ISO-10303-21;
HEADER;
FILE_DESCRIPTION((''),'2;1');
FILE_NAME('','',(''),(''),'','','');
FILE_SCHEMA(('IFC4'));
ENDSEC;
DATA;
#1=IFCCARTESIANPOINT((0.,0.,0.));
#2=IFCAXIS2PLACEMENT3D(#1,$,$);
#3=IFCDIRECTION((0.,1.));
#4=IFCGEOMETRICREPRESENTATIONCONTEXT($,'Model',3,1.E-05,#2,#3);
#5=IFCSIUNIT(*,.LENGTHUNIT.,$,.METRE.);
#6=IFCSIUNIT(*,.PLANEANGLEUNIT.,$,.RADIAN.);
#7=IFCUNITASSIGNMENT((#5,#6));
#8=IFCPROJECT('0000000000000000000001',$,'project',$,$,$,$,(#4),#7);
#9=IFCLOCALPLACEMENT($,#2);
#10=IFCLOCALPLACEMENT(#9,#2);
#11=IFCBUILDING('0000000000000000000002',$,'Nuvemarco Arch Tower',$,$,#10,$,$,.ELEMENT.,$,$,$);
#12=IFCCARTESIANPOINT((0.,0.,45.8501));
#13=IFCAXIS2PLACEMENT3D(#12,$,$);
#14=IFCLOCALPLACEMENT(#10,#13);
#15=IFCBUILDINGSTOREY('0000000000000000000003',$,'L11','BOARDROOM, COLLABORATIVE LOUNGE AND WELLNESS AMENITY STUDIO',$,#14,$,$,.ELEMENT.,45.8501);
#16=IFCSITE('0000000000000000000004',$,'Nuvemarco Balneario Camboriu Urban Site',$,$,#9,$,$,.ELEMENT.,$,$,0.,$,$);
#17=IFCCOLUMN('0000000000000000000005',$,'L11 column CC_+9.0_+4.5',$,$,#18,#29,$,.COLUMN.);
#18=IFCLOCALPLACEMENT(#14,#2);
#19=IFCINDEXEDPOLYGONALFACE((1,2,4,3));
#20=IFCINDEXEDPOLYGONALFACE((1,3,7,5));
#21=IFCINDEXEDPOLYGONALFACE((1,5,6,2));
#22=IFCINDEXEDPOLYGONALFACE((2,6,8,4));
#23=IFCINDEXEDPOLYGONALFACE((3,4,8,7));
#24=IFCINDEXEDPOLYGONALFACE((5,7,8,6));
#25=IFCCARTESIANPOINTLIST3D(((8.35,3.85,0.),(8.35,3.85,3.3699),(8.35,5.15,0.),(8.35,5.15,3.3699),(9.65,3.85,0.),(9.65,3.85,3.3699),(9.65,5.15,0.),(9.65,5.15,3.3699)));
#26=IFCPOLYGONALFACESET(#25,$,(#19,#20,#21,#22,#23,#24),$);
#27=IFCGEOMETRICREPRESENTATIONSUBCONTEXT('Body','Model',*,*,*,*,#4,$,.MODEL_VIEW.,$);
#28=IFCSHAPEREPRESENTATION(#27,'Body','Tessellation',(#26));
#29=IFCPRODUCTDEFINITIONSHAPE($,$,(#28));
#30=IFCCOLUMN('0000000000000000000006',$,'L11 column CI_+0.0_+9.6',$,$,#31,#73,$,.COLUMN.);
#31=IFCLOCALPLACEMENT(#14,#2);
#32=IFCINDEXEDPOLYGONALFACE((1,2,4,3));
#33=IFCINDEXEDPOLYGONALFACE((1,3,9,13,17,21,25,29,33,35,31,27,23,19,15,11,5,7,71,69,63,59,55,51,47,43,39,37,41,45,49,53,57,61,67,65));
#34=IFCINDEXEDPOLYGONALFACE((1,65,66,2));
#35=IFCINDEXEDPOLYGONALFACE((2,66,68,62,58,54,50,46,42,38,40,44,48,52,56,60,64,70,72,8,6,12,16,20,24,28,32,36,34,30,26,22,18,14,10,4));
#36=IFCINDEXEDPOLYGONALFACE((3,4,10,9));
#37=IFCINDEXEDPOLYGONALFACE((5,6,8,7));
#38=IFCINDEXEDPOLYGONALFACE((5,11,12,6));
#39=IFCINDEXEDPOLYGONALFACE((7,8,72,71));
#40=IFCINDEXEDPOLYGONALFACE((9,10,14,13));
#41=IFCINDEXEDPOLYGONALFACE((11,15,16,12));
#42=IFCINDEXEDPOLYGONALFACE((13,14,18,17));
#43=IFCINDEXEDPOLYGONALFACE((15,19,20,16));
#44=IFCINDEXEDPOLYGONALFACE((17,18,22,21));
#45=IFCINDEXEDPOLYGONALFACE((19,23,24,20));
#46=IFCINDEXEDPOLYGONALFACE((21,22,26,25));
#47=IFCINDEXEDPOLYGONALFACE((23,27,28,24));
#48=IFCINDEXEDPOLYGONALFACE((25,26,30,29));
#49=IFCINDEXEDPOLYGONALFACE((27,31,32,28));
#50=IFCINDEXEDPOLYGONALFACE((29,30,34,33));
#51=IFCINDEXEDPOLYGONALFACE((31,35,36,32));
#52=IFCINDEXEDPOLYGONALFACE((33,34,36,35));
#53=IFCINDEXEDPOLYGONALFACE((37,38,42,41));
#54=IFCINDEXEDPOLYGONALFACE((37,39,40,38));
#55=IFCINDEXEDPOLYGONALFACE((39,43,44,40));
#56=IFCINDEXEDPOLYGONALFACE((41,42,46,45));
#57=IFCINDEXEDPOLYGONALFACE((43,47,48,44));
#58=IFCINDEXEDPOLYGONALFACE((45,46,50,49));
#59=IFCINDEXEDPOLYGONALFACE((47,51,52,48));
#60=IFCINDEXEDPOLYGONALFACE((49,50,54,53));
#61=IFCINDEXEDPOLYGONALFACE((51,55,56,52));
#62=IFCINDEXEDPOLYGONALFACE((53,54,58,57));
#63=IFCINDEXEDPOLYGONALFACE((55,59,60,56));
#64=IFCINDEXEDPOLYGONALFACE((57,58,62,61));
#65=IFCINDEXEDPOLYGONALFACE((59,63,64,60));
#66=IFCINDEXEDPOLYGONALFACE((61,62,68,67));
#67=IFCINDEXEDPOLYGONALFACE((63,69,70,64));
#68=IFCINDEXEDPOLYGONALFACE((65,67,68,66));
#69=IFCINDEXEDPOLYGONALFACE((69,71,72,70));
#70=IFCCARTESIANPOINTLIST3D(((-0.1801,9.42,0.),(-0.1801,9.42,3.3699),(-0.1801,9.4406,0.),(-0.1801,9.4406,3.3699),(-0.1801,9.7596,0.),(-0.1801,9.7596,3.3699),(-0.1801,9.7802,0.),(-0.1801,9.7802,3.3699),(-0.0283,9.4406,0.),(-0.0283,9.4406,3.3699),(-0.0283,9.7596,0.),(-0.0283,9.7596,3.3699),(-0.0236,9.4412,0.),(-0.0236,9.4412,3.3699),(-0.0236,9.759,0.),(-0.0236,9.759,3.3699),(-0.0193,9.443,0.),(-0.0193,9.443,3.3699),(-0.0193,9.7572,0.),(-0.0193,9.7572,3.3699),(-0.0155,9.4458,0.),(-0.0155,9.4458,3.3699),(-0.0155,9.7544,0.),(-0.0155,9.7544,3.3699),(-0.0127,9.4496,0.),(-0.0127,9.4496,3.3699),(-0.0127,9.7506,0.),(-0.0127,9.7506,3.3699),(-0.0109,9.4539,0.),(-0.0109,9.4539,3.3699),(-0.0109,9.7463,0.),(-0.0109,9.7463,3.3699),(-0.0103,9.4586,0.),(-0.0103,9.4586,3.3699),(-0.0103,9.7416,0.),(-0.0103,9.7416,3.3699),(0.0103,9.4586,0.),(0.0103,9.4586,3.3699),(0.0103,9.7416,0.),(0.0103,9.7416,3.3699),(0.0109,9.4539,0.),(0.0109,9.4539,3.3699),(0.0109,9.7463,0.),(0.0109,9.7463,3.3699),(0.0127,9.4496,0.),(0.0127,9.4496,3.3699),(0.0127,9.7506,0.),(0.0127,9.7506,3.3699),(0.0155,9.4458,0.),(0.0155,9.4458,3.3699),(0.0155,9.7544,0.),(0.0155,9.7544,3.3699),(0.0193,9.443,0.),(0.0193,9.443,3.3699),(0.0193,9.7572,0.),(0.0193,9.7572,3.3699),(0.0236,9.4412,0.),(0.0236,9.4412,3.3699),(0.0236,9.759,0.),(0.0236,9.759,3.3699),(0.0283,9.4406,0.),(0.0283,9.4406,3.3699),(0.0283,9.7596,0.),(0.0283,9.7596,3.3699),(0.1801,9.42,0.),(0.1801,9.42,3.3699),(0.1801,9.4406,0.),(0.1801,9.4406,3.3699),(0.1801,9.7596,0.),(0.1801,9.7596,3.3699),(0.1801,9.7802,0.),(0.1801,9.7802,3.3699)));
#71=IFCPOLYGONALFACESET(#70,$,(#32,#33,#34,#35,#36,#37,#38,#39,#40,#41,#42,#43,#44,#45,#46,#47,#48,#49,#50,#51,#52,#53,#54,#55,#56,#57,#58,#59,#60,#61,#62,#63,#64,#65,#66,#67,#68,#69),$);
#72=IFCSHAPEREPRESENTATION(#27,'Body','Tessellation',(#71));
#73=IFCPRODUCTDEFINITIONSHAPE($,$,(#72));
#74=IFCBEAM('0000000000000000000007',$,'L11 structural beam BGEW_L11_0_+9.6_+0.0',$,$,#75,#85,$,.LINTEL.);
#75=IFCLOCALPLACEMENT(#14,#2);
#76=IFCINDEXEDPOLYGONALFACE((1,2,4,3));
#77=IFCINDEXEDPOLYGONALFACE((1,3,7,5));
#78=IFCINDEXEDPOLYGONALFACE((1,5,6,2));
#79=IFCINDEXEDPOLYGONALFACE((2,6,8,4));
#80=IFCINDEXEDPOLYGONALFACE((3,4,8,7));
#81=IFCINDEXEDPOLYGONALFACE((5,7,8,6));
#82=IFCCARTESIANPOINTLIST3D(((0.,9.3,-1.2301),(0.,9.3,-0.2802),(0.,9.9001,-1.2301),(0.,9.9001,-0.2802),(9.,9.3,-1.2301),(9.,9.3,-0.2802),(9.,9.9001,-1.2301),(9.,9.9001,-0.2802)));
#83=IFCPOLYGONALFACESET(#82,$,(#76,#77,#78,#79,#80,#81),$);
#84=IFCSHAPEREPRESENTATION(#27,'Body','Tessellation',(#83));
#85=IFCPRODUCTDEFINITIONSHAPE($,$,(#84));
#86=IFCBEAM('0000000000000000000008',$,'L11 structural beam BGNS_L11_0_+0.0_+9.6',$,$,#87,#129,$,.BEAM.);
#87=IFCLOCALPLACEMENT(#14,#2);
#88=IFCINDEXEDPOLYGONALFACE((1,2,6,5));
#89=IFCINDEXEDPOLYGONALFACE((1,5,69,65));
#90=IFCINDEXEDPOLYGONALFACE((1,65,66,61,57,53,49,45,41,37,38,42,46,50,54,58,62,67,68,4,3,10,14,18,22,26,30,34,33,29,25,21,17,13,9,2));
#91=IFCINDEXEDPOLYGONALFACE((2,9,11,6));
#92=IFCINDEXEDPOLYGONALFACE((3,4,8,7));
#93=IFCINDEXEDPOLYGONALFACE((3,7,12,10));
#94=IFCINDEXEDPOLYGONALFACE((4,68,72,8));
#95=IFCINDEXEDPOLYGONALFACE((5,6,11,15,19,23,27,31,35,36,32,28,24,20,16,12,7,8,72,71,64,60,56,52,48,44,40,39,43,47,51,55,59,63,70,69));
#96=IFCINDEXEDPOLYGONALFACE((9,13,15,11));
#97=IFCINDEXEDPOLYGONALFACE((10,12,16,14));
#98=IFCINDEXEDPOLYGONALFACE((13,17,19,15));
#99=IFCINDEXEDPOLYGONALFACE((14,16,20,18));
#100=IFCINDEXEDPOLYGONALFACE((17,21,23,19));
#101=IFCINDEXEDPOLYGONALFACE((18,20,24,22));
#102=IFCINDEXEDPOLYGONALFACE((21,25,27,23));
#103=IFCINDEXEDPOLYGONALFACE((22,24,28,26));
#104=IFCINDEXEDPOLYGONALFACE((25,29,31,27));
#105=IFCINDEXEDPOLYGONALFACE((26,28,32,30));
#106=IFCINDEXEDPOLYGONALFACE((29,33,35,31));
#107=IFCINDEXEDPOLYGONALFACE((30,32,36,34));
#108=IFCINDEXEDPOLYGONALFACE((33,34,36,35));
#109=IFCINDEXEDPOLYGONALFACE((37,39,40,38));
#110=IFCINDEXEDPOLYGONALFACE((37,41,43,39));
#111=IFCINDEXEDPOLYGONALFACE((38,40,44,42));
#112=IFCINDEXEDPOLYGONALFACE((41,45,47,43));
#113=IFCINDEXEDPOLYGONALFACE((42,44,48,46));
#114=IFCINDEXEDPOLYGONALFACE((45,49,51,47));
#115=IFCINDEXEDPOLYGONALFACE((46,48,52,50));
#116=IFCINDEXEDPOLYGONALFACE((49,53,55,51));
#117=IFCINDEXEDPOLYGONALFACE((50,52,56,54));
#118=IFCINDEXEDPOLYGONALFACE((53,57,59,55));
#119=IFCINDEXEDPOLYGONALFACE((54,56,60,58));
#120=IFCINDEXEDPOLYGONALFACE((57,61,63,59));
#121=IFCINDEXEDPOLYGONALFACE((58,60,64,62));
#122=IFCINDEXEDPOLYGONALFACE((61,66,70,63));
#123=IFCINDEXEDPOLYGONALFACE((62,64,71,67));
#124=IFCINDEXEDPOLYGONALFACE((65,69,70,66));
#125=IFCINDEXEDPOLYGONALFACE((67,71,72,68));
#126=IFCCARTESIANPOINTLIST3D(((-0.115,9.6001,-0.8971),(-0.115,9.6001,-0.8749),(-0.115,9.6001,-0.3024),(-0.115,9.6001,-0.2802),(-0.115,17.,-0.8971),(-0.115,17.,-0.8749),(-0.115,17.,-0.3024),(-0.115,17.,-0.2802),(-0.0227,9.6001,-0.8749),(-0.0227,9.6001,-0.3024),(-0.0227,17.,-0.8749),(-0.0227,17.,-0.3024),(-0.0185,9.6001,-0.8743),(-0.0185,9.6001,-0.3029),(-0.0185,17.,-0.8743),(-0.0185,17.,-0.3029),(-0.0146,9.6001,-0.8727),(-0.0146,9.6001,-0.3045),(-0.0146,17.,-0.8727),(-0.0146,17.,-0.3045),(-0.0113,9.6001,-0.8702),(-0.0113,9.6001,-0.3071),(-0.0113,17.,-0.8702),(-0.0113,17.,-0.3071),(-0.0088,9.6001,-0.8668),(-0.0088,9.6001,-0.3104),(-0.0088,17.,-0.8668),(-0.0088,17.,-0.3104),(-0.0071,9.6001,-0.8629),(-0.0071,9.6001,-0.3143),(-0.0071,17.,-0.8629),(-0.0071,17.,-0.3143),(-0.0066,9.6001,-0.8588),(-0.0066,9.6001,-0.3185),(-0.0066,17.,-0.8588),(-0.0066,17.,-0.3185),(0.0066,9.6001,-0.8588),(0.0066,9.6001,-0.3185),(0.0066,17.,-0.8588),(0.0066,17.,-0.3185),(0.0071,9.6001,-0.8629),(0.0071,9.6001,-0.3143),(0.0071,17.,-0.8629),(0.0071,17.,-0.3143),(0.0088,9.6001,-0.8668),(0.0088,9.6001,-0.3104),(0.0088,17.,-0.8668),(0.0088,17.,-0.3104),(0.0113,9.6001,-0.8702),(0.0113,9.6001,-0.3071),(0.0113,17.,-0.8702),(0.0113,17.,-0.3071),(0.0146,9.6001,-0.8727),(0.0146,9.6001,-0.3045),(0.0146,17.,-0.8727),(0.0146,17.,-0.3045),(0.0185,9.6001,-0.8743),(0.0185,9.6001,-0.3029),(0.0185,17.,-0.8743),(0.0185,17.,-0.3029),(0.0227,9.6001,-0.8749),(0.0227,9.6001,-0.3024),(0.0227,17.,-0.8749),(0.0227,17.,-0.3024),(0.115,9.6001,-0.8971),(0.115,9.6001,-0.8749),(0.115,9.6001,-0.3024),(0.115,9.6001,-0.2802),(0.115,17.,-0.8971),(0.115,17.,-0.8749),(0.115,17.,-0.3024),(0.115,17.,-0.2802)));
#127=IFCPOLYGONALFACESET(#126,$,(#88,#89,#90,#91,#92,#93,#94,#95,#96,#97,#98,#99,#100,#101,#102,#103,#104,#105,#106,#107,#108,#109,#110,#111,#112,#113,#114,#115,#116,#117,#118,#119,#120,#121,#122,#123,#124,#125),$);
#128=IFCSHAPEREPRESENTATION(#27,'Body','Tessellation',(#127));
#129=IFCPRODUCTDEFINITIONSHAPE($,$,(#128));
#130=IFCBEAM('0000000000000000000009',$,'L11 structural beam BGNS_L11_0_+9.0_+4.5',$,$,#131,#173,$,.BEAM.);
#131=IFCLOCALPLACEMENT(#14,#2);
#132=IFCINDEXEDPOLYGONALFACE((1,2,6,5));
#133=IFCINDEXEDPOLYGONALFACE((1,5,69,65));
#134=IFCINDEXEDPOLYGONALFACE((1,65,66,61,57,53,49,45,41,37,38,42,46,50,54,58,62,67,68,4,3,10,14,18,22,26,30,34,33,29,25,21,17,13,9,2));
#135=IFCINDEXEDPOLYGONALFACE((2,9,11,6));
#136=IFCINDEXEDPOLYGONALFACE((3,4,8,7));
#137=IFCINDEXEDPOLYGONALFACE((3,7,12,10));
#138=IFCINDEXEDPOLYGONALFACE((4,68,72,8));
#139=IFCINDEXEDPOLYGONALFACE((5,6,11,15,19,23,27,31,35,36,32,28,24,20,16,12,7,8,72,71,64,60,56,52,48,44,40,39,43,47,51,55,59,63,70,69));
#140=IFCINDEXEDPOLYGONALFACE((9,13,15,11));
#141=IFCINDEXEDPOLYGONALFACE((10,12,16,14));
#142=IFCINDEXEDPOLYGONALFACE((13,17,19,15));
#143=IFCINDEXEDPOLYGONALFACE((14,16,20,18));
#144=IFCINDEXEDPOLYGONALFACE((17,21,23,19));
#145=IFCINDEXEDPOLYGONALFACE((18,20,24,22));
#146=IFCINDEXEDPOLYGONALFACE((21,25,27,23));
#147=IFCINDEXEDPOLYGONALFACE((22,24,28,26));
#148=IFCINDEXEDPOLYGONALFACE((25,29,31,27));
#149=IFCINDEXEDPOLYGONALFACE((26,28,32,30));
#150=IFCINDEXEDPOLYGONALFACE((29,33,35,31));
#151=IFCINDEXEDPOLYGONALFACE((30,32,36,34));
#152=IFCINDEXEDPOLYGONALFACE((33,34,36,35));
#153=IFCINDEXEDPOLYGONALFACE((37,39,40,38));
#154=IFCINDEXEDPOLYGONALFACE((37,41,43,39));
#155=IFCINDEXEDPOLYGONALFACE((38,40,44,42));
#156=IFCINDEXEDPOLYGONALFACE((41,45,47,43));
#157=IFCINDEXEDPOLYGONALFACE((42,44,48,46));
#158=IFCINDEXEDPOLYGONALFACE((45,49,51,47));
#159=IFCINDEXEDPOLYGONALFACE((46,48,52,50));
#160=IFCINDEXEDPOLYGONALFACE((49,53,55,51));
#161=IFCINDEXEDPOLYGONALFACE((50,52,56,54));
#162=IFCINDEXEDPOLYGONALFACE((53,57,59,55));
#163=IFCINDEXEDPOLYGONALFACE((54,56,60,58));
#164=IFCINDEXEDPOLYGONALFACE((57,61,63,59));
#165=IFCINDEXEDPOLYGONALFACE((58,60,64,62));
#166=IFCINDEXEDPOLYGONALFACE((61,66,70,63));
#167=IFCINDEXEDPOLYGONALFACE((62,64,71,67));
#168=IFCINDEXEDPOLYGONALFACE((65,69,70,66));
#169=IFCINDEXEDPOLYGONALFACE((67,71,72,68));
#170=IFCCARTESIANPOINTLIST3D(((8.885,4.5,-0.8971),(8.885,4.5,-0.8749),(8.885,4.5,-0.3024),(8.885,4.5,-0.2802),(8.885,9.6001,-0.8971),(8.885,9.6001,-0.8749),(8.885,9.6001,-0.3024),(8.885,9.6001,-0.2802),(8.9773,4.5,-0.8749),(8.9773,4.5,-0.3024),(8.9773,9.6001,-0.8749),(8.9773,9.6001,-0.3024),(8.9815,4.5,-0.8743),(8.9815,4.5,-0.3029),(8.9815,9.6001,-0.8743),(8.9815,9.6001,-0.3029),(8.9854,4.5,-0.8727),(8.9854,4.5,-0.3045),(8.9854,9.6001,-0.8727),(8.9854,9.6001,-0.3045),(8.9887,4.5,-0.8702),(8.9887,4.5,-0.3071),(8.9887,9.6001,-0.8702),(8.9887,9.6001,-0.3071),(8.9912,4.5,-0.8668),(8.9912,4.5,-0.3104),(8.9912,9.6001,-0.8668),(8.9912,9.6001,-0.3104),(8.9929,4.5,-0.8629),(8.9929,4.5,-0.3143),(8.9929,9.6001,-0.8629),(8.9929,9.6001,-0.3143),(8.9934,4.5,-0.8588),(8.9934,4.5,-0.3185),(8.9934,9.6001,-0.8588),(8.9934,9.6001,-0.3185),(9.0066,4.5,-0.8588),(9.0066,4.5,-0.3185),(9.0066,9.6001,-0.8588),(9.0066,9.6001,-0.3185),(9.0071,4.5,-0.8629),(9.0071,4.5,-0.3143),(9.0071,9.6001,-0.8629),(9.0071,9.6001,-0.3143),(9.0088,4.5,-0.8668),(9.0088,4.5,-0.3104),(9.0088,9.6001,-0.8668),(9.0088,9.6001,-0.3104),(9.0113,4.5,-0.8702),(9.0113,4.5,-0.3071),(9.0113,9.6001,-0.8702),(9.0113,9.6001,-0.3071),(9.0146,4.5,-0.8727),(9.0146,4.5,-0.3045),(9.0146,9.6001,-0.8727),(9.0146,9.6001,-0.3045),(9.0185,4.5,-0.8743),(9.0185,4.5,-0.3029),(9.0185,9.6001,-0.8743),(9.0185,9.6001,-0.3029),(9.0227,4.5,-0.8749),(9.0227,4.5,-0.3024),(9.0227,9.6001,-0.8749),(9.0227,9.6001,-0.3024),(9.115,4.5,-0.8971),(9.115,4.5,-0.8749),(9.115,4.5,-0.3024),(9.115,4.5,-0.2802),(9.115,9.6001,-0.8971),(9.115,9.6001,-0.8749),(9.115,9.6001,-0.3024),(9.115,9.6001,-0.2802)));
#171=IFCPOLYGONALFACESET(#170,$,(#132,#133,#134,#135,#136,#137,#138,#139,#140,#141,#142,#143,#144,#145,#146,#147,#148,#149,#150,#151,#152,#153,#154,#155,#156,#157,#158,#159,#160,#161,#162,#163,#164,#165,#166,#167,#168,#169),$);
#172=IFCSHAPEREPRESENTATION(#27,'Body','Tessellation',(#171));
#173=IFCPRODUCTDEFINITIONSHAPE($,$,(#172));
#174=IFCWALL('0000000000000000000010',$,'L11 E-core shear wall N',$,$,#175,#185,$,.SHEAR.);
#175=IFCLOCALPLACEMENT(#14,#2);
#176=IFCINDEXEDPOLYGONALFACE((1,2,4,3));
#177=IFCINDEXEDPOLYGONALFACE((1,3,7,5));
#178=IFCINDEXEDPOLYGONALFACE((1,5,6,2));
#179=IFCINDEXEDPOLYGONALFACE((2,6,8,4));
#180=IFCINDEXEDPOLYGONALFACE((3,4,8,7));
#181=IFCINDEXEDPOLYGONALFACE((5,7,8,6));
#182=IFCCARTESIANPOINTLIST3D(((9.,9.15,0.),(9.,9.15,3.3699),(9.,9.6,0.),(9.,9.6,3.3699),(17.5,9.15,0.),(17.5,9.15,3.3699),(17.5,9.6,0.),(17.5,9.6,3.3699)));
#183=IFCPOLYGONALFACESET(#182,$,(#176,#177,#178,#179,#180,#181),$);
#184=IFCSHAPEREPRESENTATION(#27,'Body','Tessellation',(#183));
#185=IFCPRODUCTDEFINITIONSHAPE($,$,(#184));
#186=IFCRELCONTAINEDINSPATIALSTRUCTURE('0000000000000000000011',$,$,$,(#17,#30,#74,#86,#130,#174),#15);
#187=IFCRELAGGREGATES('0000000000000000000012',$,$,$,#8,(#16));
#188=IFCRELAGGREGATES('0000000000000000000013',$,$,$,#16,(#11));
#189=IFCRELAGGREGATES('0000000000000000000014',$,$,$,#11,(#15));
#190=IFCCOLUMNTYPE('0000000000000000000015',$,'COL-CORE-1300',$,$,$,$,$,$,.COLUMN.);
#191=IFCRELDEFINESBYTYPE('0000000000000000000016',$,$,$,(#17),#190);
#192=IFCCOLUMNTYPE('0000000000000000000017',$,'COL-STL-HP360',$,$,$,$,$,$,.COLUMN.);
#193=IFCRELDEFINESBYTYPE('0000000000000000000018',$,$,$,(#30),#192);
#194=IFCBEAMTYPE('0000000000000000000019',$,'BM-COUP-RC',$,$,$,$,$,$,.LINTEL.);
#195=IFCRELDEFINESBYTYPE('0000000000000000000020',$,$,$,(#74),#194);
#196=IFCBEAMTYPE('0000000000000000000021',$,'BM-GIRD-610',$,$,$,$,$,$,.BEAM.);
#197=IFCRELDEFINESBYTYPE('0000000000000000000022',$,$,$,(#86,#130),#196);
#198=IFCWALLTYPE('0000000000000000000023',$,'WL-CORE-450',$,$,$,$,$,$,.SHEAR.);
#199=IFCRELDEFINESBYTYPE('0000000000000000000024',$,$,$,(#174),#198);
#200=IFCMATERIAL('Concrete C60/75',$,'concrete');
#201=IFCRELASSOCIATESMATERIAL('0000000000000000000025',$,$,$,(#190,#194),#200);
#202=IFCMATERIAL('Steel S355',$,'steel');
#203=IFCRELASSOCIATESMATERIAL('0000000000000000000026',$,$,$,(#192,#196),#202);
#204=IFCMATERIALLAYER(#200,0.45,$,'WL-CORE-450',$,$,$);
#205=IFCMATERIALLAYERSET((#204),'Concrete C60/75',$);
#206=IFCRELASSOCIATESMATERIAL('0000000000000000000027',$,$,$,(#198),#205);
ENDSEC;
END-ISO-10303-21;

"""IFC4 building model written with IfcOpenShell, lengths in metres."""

from ifc_helpers import new_model, si_unit, direction, frame, frame_2d, origin, origin_2d, place, context, subcontext, project, spatial, rectangle, i_section, extrude, material, layer, layer_set, material_profile, profile_set, type_object, element, save


model = new_model("IFC4")

# Units and contexts
model_context = context("Model", 3, precision=1e-05, world=origin(), true_north=direction((0.0, 1.0)))
body_context = subcontext(model_context, "Body", "Model", "MODEL_VIEW")
ifc_project = project(units=[si_unit("LENGTHUNIT", "METRE"), si_unit("PLANEANGLEUNIT", "RADIAN")], contexts=[model_context])

# Site, building, storey
site_placement = place(None, origin())
site = spatial("IfcSite", under=ifc_project, at=site_placement, Name="Nuvemarco Balneario Camboriu Urban Site", CompositionType="ELEMENT", RefElevation=0.0)
building_placement = place(site_placement, origin())
building = spatial("IfcBuilding", under=site, at=building_placement, Name="Nuvemarco Arch Tower", CompositionType="ELEMENT")
storey_placement = place(building_placement, frame((0.0, 0.0, 45.8501)))
storey = spatial("IfcBuildingStorey", under=building, at=storey_placement, Name="L11", Description="BOARDROOM, COLLABORATIVE LOUNGE AND WELLNESS AMENITY STUDIO", CompositionType="ELEMENT", Elevation=45.8501)

# Columns
ifc_material_1 = material(Name="Concrete C60/75", Category="concrete")
ifc_material_profile_1 = material_profile(ifc_material_1, rectangle(XDim=1.3, YDim=1.3, at=origin_2d()), Name="RC-COL-1300x1300")
ifc_profile_set_1 = profile_set([ifc_material_profile_1], Name="Concrete C60/75")
column_type_1 = type_object("IfcColumnType", Name="COL-CORE-1300", PredefinedType="COLUMN", material=ifc_profile_set_1)
column_1_placement = place(storey_placement, frame((9.0, 4.5, 0.0), z_axis=(0.0, 0.0, 1.0), x_axis=(1.0, 0.0, 0.0)))
element("IfcColumn", 1, at=column_1_placement, inside=storey, type_object=column_type_1, Name="L11 column CC_+9.0_+4.5", PredefinedType="COLUMN", context=body_context, shape_type="SweptSolid", body=[
    extrude(rectangle(XDim=1.3, YDim=1.3, at=origin_2d()), origin(), (0.0, 0.0, 1.0), 3.3699),
])
ifc_material_2 = material(Name="Steel S355", Category="steel")
ifc_material_profile_2 = material_profile(ifc_material_2, i_section(OverallWidth=0.3601, OverallDepth=0.3601, WebThickness=0.0205, FlangeThickness=0.0205, FilletRadius=0.0181, at=origin_2d()), Name="HP360x174")
ifc_profile_set_2 = profile_set([ifc_material_profile_2], Name="Steel S355")
column_type_2 = type_object("IfcColumnType", Name="COL-STL-HP360", PredefinedType="COLUMN", material=ifc_profile_set_2)
column_2_placement = place(storey_placement, frame((0.0, 9.6001, 0.0), z_axis=(0.0, 0.0, 1.0), x_axis=(1.0, 0.0, 0.0)))
element("IfcColumn", 2, at=column_2_placement, inside=storey, type_object=column_type_2, Name="L11 column CI_+0.0_+9.6", PredefinedType="COLUMN", context=body_context, shape_type="SweptSolid", body=[
    extrude(i_section(OverallWidth=0.3601, OverallDepth=0.3601, WebThickness=0.0205, FlangeThickness=0.0205, FilletRadius=0.0181, at=origin_2d()), origin(), (0.0, 0.0, 1.0), 3.3699),
])

# Beams
ifc_material_profile_3 = material_profile(ifc_material_1, rectangle(XDim=0.6001, YDim=0.95, at=origin_2d()), Name="RC-BM-600x950")
ifc_profile_set_3 = profile_set([ifc_material_profile_3], Name="Concrete C60/75")
beam_type_1 = type_object("IfcBeamType", Name="BM-COUP-RC", PredefinedType="LINTEL", material=ifc_profile_set_3)
beam_1_placement = place(storey_placement, frame((0.0, 9.6001, -0.7551), z_axis=(1.0, 0.0, 0.0), x_axis=(0.0, 1.0, 0.0)))
element("IfcBeam", 3, at=beam_1_placement, inside=storey, type_object=beam_type_1, Name="L11 structural beam BGEW_L11_0_+9.6_+0.0", PredefinedType="LINTEL", context=body_context, shape_type="SweptSolid", body=[
    extrude(rectangle(XDim=0.6001, YDim=0.95, at=origin_2d()), origin(), (0.0, 0.0, 1.0), 9.0),
])
ifc_material_profile_4 = material_profile(ifc_material_2, i_section(OverallWidth=0.23, OverallDepth=0.6169, WebThickness=0.0132, FlangeThickness=0.0222, FilletRadius=0.0161, at=origin_2d()), Name="W610x140")
ifc_profile_set_4 = profile_set([ifc_material_profile_4], Name="Steel S355")
beam_type_2 = type_object("IfcBeamType", Name="BM-GIRD-610", PredefinedType="BEAM", material=ifc_profile_set_4)
beam_2_placement = place(storey_placement, frame((0.0, 9.6001, -0.5886), z_axis=(0.0, 1.0, 0.0), x_axis=(-1.0, 0.0, 0.0)))
element("IfcBeam", 4, at=beam_2_placement, inside=storey, type_object=beam_type_2, Name="L11 structural beam BGNS_L11_0_+0.0_+9.6", PredefinedType="BEAM", context=body_context, shape_type="SweptSolid", body=[
    extrude(i_section(OverallWidth=0.23, OverallDepth=0.6169, WebThickness=0.0132, FlangeThickness=0.0222, FilletRadius=0.0161, at=origin_2d()), origin(), (0.0, 0.0, 1.0), 7.3999),
])
beam_3_placement = place(storey_placement, frame((9.0, 4.5, -0.5886), z_axis=(0.0, 1.0, 0.0), x_axis=(-1.0, 0.0, 0.0)))
element("IfcBeam", 5, at=beam_3_placement, inside=storey, type_object=beam_type_2, Name="L11 structural beam BGNS_L11_0_+9.0_+4.5", PredefinedType="BEAM", context=body_context, shape_type="SweptSolid", body=[
    extrude(i_section(OverallWidth=0.23, OverallDepth=0.6169, WebThickness=0.0132, FlangeThickness=0.0222, FilletRadius=0.0161, at=origin_2d()), origin(), (0.0, 0.0, 1.0), 5.1001),
])

# Wall
ifc_layer_1 = layer(ifc_material_1, 0.45, Name="WL-CORE-450")
ifc_layer_set_1 = layer_set([ifc_layer_1], Name="Concrete C60/75")
wall_type_1 = type_object("IfcWallType", Name="WL-CORE-450", PredefinedType="SHEAR", material=ifc_layer_set_1)
wall_1_placement = place(storey_placement, frame((9.0, 9.375, 0.0), z_axis=(0.0, 0.0, 1.0), x_axis=(1.0, 0.0, 0.0)))
element("IfcWall", 6, at=wall_1_placement, inside=storey, type_object=wall_type_1, Name="L11 E-core shear wall N", PredefinedType="SHEAR", context=body_context, shape_type="SweptSolid", body=[
    extrude(rectangle(XDim=8.5, YDim=0.45, at=frame_2d((4.25, 0.0))), origin(), (0.0, 0.0, 1.0), 3.3699),
])

save(model, "model.ifc")
